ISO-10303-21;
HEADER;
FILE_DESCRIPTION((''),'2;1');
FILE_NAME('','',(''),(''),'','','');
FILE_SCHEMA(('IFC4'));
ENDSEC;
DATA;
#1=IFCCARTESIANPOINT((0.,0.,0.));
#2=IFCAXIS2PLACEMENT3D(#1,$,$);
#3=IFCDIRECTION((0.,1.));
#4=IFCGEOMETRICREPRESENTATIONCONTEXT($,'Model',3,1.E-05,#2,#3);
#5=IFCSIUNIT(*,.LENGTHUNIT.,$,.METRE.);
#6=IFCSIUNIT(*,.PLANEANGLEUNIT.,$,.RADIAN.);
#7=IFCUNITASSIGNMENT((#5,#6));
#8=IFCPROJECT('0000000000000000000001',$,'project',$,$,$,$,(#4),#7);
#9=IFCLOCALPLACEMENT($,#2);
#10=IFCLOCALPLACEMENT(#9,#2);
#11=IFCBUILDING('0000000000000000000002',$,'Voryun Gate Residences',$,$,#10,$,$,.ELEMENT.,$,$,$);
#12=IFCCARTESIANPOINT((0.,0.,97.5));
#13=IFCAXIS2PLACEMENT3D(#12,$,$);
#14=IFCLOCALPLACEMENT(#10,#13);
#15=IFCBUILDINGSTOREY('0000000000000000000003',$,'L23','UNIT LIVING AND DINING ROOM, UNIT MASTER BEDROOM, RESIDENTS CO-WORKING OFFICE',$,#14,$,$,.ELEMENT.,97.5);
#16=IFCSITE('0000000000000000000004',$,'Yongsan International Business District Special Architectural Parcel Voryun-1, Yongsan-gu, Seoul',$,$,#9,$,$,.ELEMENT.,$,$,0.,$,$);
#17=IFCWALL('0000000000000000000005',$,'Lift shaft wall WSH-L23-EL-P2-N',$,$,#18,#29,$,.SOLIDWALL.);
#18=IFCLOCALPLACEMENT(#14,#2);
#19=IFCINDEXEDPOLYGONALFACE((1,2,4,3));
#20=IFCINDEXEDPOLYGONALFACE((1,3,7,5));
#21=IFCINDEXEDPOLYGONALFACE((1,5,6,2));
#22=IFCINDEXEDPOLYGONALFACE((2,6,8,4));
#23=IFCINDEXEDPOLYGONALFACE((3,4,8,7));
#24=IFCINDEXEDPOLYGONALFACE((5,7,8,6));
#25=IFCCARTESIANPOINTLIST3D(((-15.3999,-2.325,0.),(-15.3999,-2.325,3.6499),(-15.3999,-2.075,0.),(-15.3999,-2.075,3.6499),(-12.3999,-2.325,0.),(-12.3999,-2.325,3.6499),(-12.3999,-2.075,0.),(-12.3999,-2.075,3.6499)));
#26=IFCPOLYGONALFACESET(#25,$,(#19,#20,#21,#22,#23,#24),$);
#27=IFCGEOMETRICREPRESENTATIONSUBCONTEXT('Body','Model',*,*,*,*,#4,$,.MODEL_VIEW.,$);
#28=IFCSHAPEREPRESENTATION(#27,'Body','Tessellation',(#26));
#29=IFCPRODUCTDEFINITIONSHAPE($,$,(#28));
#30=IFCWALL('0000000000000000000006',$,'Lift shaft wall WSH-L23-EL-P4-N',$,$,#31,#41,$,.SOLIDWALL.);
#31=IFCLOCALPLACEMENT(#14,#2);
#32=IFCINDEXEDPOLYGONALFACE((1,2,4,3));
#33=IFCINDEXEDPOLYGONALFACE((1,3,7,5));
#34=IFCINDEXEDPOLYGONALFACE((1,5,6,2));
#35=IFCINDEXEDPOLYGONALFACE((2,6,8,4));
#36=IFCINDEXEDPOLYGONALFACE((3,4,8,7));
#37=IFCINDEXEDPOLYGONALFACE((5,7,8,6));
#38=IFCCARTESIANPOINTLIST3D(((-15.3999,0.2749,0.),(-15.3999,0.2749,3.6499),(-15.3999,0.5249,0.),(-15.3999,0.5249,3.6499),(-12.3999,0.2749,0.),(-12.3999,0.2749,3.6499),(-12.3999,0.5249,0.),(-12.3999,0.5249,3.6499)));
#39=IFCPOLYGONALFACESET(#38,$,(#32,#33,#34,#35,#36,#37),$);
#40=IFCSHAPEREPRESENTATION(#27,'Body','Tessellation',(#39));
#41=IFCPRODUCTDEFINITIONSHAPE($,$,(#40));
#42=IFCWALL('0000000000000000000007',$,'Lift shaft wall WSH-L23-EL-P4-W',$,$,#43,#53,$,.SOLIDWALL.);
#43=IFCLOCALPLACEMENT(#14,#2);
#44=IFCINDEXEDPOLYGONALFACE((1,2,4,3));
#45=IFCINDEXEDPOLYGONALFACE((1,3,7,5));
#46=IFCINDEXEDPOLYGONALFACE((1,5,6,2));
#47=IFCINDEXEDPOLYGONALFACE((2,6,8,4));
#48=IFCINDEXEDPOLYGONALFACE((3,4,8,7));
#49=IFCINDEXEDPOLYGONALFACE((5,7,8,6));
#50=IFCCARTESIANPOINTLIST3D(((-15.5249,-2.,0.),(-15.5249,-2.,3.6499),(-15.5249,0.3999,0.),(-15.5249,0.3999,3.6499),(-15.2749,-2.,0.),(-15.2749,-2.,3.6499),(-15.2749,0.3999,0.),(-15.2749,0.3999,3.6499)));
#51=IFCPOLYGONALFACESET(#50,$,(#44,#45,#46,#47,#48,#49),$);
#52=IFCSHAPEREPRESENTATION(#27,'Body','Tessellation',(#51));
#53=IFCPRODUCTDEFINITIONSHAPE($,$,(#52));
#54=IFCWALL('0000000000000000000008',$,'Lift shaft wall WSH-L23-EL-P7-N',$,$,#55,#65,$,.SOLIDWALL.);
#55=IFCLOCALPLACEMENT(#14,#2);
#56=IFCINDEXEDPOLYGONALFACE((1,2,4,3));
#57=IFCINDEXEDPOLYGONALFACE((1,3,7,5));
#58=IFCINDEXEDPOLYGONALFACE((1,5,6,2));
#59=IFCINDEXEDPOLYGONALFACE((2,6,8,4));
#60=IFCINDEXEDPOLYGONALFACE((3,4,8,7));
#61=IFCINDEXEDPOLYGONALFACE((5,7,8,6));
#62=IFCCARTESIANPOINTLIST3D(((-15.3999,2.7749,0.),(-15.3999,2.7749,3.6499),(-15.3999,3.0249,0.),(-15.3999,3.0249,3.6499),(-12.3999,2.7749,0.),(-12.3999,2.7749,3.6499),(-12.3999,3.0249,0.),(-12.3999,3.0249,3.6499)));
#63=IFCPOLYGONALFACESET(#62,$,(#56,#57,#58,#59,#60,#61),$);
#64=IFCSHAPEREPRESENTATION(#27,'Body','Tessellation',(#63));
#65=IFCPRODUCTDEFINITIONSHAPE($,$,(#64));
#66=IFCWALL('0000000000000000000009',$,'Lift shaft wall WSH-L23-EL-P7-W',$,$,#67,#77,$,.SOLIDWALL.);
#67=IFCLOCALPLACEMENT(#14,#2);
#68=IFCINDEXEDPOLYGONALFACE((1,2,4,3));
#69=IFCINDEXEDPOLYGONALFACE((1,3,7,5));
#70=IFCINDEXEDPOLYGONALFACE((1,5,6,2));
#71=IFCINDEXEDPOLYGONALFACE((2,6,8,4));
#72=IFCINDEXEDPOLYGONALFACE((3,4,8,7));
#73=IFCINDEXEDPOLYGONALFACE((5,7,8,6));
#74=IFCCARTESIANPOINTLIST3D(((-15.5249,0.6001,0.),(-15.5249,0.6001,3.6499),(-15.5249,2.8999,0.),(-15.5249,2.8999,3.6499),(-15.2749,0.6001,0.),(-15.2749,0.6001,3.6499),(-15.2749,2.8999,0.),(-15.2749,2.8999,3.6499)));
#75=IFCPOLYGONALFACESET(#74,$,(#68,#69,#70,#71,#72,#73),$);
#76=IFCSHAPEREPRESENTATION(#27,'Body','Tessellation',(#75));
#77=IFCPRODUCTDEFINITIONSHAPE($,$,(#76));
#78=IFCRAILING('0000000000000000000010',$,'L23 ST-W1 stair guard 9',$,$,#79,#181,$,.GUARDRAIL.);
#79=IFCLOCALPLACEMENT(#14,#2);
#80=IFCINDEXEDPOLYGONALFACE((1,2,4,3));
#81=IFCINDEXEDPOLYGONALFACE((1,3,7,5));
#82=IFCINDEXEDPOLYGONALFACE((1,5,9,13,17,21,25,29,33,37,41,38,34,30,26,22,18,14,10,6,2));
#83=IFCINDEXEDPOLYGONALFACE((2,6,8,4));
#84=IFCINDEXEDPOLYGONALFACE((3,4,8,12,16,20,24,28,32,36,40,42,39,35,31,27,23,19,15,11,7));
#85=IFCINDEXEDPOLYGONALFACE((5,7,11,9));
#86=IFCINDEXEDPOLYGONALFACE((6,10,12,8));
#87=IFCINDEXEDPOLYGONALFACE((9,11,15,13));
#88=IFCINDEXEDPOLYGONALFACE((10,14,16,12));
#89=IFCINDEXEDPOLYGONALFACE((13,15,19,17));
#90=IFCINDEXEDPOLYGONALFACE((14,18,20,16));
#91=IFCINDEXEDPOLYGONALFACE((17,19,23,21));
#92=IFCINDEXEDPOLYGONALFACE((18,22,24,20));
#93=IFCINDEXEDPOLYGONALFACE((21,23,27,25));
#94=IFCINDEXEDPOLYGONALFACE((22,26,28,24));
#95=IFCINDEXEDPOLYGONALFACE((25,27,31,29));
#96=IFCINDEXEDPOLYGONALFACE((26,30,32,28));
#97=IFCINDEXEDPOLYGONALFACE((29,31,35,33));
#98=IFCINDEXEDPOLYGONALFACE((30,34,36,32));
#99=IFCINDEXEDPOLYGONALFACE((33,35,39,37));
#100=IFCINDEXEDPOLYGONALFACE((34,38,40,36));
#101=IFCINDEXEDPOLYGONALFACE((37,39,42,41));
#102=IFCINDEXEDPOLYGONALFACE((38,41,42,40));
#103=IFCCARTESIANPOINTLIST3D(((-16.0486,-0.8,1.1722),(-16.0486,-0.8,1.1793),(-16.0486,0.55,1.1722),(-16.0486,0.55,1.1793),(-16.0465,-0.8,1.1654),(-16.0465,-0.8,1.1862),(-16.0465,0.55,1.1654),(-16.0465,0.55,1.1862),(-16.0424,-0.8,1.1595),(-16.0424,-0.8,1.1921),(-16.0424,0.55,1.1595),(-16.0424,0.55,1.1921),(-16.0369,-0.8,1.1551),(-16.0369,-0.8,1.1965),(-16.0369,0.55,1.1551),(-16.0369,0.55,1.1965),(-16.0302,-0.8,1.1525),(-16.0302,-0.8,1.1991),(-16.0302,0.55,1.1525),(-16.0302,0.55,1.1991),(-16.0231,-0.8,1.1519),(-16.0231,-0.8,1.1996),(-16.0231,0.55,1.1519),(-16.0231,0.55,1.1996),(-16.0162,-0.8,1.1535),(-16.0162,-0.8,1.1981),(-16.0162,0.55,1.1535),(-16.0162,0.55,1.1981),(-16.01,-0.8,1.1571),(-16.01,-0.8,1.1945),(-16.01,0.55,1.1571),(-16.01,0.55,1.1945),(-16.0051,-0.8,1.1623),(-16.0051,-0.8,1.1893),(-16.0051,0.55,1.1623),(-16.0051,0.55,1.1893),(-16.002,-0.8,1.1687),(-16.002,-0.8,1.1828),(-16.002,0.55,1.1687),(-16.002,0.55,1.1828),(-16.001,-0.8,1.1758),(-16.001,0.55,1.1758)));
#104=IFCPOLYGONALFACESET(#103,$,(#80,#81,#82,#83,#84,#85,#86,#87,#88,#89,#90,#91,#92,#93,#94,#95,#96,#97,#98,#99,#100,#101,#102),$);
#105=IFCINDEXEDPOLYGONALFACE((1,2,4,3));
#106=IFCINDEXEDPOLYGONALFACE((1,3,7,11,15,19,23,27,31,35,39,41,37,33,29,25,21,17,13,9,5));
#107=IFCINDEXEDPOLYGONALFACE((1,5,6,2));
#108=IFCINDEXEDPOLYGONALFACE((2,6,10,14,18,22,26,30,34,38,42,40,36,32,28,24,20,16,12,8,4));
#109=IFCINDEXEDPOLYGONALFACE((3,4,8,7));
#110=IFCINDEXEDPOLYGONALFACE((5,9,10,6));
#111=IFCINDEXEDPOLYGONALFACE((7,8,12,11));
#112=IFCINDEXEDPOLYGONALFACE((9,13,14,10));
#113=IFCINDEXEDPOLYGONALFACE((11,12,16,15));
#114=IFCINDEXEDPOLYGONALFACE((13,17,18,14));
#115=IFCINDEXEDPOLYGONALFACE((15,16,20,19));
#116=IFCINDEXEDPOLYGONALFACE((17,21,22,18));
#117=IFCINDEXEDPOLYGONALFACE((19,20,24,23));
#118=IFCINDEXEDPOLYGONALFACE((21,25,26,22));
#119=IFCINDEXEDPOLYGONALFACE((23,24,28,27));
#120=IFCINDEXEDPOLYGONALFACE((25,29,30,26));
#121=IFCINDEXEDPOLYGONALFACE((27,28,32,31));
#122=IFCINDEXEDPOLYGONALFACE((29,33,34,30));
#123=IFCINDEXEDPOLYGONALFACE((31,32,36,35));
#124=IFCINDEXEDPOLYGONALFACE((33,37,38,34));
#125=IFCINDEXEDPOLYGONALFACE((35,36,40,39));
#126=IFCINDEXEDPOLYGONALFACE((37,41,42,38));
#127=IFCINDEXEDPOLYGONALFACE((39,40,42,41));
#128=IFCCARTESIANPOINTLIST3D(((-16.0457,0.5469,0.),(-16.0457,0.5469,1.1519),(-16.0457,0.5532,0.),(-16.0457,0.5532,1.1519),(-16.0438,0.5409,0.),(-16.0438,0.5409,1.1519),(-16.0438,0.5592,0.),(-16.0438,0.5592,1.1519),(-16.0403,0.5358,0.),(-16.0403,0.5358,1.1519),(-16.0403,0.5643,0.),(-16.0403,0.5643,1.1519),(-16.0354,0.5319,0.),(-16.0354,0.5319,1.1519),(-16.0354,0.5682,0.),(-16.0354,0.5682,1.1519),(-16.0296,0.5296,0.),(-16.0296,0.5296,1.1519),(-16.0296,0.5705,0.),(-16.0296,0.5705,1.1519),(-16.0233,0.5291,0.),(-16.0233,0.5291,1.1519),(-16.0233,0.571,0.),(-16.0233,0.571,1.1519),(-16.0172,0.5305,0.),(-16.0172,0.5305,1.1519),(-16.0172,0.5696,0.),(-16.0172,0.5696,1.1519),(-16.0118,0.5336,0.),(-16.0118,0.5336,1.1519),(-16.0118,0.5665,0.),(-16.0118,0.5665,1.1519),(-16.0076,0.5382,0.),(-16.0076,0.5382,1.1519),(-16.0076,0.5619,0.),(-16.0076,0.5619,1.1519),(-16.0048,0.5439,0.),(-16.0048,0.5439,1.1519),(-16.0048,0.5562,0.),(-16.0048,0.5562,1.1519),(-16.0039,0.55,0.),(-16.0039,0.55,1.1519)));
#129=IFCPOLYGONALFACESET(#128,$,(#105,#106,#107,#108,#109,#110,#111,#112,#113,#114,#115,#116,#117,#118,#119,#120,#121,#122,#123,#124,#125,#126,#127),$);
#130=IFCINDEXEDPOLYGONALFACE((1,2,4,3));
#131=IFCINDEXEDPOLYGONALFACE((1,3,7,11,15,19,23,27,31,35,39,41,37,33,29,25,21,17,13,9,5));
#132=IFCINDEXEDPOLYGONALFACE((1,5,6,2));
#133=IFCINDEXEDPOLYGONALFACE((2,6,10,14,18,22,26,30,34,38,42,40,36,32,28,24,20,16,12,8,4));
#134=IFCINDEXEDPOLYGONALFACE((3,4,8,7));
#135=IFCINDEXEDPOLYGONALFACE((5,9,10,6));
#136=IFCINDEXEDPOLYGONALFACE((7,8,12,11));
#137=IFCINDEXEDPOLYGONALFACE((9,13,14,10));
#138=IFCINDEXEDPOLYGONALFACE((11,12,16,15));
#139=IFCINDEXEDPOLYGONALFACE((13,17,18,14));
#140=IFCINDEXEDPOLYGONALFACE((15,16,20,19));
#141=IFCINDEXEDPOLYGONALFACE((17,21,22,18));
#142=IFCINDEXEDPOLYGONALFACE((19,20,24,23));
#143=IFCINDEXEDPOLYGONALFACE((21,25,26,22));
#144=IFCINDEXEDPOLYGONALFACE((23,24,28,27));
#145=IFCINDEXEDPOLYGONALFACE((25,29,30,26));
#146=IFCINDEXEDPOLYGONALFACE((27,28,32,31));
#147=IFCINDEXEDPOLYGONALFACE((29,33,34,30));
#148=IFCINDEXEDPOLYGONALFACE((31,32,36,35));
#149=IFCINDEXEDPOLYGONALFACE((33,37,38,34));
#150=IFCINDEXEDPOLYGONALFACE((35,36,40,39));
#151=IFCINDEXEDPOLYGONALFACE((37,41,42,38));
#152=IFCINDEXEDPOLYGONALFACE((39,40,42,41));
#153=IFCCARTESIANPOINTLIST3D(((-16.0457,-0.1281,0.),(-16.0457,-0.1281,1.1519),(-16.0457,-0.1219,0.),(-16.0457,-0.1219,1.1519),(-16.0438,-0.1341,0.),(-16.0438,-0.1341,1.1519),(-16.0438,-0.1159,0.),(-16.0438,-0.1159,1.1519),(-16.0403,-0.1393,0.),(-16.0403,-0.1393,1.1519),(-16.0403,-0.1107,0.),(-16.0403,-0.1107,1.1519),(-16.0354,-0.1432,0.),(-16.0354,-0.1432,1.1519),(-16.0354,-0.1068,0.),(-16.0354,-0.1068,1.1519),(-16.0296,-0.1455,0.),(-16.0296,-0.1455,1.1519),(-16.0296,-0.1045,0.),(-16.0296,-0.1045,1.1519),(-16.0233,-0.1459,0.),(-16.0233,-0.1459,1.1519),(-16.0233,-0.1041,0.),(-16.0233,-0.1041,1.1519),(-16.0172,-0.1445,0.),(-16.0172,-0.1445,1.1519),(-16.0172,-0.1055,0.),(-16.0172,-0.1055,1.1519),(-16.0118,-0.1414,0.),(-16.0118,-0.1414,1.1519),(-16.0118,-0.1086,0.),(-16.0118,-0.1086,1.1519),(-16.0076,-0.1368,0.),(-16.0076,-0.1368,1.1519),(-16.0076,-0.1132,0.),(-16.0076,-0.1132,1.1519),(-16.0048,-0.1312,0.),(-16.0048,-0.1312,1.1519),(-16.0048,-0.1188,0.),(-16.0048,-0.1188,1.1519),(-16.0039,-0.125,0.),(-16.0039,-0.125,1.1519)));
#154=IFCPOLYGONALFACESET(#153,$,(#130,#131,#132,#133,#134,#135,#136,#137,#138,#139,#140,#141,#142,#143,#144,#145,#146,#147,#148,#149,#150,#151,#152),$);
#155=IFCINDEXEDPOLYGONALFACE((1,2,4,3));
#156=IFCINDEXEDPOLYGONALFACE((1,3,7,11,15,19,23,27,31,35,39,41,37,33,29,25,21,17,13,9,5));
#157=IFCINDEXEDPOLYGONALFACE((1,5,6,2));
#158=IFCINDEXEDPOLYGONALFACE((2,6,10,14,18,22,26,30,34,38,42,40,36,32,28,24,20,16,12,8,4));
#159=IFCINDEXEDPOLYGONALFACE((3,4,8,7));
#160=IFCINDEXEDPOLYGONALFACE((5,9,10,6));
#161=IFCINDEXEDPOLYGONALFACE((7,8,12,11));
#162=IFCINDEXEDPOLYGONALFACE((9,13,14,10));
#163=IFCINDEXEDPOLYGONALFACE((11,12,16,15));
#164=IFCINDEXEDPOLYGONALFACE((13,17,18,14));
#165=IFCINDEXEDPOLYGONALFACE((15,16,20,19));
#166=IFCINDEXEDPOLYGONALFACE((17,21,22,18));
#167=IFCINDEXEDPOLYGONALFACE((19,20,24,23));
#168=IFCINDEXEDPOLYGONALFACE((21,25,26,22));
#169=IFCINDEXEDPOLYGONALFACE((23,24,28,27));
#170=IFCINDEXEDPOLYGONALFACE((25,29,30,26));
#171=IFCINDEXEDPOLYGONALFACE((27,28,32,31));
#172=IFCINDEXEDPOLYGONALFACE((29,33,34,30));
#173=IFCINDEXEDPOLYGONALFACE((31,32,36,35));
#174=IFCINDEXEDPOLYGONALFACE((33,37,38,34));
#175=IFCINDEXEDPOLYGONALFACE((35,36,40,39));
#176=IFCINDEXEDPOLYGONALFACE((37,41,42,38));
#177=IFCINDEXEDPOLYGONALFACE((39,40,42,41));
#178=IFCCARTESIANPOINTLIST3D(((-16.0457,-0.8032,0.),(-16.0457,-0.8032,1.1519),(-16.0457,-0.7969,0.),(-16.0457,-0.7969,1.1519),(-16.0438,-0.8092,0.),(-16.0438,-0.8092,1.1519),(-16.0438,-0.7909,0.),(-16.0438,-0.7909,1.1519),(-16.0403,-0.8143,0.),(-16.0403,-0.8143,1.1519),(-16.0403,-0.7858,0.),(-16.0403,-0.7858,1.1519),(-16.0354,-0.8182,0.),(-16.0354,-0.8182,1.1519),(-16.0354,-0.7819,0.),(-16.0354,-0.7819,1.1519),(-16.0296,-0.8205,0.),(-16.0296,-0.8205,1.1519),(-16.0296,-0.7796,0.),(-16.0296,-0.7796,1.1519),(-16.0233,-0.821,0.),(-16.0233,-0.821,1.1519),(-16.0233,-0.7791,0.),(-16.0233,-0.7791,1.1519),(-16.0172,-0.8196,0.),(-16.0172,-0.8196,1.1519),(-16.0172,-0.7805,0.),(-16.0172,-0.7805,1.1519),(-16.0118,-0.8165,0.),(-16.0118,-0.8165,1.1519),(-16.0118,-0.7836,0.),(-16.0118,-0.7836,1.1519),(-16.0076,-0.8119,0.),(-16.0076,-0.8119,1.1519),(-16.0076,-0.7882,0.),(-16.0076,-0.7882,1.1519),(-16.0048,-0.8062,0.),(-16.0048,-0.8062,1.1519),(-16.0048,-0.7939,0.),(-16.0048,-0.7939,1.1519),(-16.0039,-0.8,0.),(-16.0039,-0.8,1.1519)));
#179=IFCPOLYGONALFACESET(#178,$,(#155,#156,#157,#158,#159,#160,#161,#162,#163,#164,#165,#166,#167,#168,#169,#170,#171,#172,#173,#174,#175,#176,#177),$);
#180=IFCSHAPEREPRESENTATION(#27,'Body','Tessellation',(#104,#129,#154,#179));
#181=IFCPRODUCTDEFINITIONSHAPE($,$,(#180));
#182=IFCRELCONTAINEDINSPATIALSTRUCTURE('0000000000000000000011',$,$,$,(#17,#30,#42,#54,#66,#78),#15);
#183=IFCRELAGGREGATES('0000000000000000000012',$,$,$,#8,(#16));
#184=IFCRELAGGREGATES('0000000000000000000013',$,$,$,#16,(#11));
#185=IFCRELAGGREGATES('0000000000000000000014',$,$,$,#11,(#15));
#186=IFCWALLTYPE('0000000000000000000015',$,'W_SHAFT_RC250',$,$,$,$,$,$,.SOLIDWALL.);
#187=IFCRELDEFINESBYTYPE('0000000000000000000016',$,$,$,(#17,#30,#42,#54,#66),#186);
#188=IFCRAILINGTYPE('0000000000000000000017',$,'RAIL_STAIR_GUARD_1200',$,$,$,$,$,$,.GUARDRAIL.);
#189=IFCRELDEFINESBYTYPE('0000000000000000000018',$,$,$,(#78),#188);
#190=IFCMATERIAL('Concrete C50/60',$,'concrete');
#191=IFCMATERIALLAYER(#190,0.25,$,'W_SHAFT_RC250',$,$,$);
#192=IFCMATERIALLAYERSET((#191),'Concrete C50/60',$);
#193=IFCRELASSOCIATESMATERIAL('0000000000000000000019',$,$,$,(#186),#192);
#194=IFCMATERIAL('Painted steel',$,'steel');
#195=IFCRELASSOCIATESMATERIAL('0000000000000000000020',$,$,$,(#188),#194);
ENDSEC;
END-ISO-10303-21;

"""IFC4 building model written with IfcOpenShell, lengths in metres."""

from ifc_helpers import new_model, si_unit, direction, frame, frame_2d, origin, origin_2d, place, context, subcontext, project, spatial, rectangle, circle, extrude, material, layer, layer_set, type_object, element, save


model = new_model("IFC4")

# Units and contexts
model_context = context("Model", 3, precision=1e-05, world=origin(), true_north=direction((0.0, 1.0)))
body_context = subcontext(model_context, "Body", "Model", "MODEL_VIEW")
ifc_project = project(units=[si_unit("LENGTHUNIT", "METRE"), si_unit("PLANEANGLEUNIT", "RADIAN")], contexts=[model_context])

# Site, building, storey
site_placement = place(None, origin())
site = spatial("IfcSite", under=ifc_project, at=site_placement, Name="Yongsan International Business District Special Architectural Parcel Voryun-1, Yongsan-gu, Seoul", CompositionType="ELEMENT", RefElevation=0.0)
building_placement = place(site_placement, origin())
building = spatial("IfcBuilding", under=site, at=building_placement, Name="Voryun Gate Residences", CompositionType="ELEMENT")
storey_placement = place(building_placement, frame((0.0, 0.0, 97.5)))
storey = spatial("IfcBuildingStorey", under=building, at=storey_placement, Name="L23", Description="UNIT LIVING AND DINING ROOM, UNIT MASTER BEDROOM, RESIDENTS CO-WORKING OFFICE", CompositionType="ELEMENT", Elevation=97.5)

# Walls
ifc_material_1 = material(Name="Concrete C50/60", Category="concrete")
ifc_layer_1 = layer(ifc_material_1, 0.25, Name="W_SHAFT_RC250")
ifc_layer_set_1 = layer_set([ifc_layer_1], Name="Concrete C50/60")
wall_type_1 = type_object("IfcWallType", Name="W_SHAFT_RC250", PredefinedType="SOLIDWALL", material=ifc_layer_set_1)
for number, where, z_axis, x_axis, name in (
    (1, (-12.3999, -2.2, 0.0), (0.0, 0.0, 1.0), (-1.0, 0.0, 0.0), "Lift shaft wall WSH-L23-EL-P2-N"),
    (2, (-12.3999, 0.3999, 0.0), (0.0, 0.0, 1.0), (-1.0, 0.0, 0.0), "Lift shaft wall WSH-L23-EL-P4-N"),
):
    element("IfcWall", number, at=place(storey_placement, frame(where, z_axis=z_axis, x_axis=x_axis)), inside=storey, type_object=wall_type_1, Name=name, PredefinedType="SOLIDWALL", context=body_context, shape_type="SweptSolid", body=[
        extrude(rectangle(XDim=3.0, YDim=0.25, at=frame_2d((1.5, 0.0))), origin(), (0.0, 0.0, 1.0), 3.6499),
    ])
wall_1_placement = place(storey_placement, frame((-15.3999, 0.3999, 0.0), z_axis=(0.0, 0.0, 1.0), x_axis=(0.0, -1.0, 0.0)))
element("IfcWall", 3, at=wall_1_placement, inside=storey, type_object=wall_type_1, Name="Lift shaft wall WSH-L23-EL-P4-W", PredefinedType="SOLIDWALL", context=body_context, shape_type="SweptSolid", body=[
    extrude(rectangle(XDim=2.3999, YDim=0.25, at=frame_2d((1.2, 0.0))), origin(), (0.0, 0.0, 1.0), 3.6499),
])
wall_2_placement = place(storey_placement, frame((-12.3999, 2.8999, 0.0), z_axis=(0.0, 0.0, 1.0), x_axis=(-1.0, 0.0, 0.0)))
element("IfcWall", 4, at=wall_2_placement, inside=storey, type_object=wall_type_1, Name="Lift shaft wall WSH-L23-EL-P7-N", PredefinedType="SOLIDWALL", context=body_context, shape_type="SweptSolid", body=[
    extrude(rectangle(XDim=3.0, YDim=0.25, at=frame_2d((1.5, 0.0))), origin(), (0.0, 0.0, 1.0), 3.6499),
])
wall_3_placement = place(storey_placement, frame((-15.3999, 2.8999, 0.0), z_axis=(0.0, 0.0, 1.0), x_axis=(0.0, -1.0, 0.0)))
element("IfcWall", 5, at=wall_3_placement, inside=storey, type_object=wall_type_1, Name="Lift shaft wall WSH-L23-EL-P7-W", PredefinedType="SOLIDWALL", context=body_context, shape_type="SweptSolid", body=[
    extrude(rectangle(XDim=2.2998, YDim=0.25, at=frame_2d((1.1499, 0.0))), origin(), (0.0, 0.0, 1.0), 3.6499),
])

# Railing
ifc_material_2 = material(Name="Painted steel", Category="steel")
railing_type = type_object("IfcRailingType", Name="RAIL_STAIR_GUARD_1200", PredefinedType="GUARDRAIL", material=ifc_material_2)
railing_1_placement = place(storey_placement, frame((-16.0249, 0.55, 0.0)))
element("IfcRailing", 6, at=railing_1_placement, inside=storey, type_object=railing_type, Name="L23 ST-W1 stair guard 9", PredefinedType="GUARDRAIL", context=body_context, shape_type="SweptSolid", body=[
    extrude(circle(Radius=0.0239, at=origin_2d()), frame((0.0, 0.0, 1.1758), z_axis=(0.0, -1.0, 0.0), x_axis=(1.0, 0.0, 0.0)), (0.0, 0.0, 1.0), 1.3501),
    extrude(circle(Radius=0.021, at=origin_2d()), origin(), (0.0, 0.0, 1.0), 1.1519),
    extrude(circle(Radius=0.021, at=origin_2d()), frame((0.0, -0.675, 0.0)), (0.0, 0.0, 1.0), 1.1519),
    extrude(circle(Radius=0.021, at=origin_2d()), frame((0.0, -1.3501, 0.0)), (0.0, 0.0, 1.0), 1.1519),
])

save(model, "model.ifc")
